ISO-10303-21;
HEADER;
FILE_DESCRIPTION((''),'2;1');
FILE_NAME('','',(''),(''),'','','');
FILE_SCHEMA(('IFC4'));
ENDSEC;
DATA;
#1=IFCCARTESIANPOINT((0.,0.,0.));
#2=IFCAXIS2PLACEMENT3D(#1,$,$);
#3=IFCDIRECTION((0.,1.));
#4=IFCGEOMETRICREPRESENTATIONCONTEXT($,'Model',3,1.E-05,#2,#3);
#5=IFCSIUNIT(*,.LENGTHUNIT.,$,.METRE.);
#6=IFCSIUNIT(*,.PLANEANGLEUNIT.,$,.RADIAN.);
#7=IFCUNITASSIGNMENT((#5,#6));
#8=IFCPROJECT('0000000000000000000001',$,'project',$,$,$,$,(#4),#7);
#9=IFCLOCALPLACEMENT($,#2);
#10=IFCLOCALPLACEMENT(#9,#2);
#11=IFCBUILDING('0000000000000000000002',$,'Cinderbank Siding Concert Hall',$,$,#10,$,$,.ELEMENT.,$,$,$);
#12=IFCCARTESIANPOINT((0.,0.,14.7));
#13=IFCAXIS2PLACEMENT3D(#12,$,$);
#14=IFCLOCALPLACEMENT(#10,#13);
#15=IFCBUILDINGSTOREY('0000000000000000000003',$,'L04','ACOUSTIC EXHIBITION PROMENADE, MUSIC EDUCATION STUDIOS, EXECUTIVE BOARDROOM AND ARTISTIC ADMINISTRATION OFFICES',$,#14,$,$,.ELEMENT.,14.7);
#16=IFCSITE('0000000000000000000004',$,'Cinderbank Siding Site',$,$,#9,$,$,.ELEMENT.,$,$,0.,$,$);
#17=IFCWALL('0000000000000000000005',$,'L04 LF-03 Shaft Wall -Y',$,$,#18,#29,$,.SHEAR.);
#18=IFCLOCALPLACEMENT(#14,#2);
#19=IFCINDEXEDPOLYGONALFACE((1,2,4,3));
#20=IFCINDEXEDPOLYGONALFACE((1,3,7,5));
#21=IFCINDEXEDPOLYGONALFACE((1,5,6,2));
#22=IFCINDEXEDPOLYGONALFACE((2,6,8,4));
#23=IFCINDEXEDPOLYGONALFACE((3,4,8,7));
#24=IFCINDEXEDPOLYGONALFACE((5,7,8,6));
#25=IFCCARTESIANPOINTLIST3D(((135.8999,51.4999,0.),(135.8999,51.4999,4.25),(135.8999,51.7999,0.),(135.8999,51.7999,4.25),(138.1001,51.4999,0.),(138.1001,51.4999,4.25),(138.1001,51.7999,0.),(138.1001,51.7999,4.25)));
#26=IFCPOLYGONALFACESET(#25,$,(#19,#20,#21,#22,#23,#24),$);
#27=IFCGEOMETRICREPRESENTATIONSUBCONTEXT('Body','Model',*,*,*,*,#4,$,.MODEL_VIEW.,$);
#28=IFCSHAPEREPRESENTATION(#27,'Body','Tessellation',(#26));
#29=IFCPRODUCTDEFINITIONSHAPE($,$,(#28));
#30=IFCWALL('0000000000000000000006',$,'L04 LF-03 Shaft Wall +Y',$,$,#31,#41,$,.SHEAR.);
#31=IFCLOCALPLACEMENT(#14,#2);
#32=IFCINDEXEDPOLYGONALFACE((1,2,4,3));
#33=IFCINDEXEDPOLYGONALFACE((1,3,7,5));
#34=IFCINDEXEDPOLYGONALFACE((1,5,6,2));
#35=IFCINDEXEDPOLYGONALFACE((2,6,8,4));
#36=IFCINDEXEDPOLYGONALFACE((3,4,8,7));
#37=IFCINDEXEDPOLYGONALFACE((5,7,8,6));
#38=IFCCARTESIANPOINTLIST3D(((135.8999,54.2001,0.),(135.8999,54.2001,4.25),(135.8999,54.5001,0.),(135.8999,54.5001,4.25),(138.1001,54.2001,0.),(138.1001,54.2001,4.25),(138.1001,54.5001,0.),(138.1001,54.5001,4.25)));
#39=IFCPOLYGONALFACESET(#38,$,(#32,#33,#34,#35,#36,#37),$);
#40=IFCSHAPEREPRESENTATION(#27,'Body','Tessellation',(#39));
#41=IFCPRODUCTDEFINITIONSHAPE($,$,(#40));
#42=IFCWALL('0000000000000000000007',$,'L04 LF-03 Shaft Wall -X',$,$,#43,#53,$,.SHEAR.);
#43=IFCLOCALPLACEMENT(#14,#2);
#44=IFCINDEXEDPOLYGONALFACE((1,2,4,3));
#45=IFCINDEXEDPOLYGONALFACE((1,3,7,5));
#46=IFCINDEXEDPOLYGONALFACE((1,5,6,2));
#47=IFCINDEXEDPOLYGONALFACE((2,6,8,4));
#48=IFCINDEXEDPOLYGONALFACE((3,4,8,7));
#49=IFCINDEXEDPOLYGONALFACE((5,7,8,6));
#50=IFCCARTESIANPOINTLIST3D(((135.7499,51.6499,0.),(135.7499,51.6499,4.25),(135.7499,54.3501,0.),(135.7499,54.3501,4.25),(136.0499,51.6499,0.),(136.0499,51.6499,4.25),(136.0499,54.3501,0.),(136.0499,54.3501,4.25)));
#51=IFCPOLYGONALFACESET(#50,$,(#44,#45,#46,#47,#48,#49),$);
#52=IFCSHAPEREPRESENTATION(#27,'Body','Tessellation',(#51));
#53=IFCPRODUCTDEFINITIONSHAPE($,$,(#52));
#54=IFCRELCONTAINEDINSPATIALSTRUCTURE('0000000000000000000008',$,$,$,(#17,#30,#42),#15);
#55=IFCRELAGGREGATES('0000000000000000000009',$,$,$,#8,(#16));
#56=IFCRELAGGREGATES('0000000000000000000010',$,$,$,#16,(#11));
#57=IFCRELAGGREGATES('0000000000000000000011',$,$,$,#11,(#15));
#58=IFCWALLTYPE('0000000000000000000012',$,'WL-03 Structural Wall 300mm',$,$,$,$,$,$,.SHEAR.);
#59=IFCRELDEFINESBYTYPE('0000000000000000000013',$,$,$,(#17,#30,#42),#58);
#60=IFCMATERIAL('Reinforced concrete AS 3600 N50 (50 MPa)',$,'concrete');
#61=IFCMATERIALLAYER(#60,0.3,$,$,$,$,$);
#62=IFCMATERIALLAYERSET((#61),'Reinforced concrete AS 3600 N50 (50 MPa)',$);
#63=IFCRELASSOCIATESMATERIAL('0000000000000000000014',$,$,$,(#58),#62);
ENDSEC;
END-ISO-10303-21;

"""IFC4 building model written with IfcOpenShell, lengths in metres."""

from ifc_helpers import new_model, si_unit, direction, frame, frame_2d, origin, place, context, subcontext, project, spatial, rectangle, extrude, material, layer, layer_set, type_object, element, save


model = new_model("IFC4")

# Units and contexts
model_context = context("Model", 3, precision=1e-05, world=origin(), true_north=direction((0.0, 1.0)))
body_context = subcontext(model_context, "Body", "Model", "MODEL_VIEW")
ifc_project = project(units=[si_unit("LENGTHUNIT", "METRE"), si_unit("PLANEANGLEUNIT", "RADIAN")], contexts=[model_context])

# Site, building, storey
site_placement = place(None, origin())
site = spatial("IfcSite", under=ifc_project, at=site_placement, Name="Cinderbank Siding Site", CompositionType="ELEMENT", RefElevation=0.0)
building_placement = place(site_placement, origin())
building = spatial("IfcBuilding", under=site, at=building_placement, Name="Cinderbank Siding Concert Hall", CompositionType="ELEMENT")
storey_placement = place(building_placement, frame((0.0, 0.0, 14.7)))
storey = spatial("IfcBuildingStorey", under=building, at=storey_placement, Name="L04", Description="ACOUSTIC EXHIBITION PROMENADE, MUSIC EDUCATION STUDIOS, EXECUTIVE BOARDROOM AND ARTISTIC ADMINISTRATION OFFICES", CompositionType="ELEMENT", Elevation=14.7)

# Shared definitions
ifc_material_1 = material(Name="Reinforced concrete AS 3600 N50 (50 MPa)", Category="concrete")

# Shared definitions
ifc_layer_1 = layer(ifc_material_1, 0.3)
ifc_layer_set_1 = layer_set([ifc_layer_1], Name="Reinforced concrete AS 3600 N50 (50 MPa)")
wall_type_1 = type_object("IfcWallType", Name="WL-03 Structural Wall 300mm", PredefinedType="SHEAR", material=ifc_layer_set_1)

# Wall
wall_1_placement = place(storey_placement, frame((138.1001, 51.6499, 0.0), z_axis=(0.0, 0.0, 1.0), x_axis=(-1.0, 0.0, 0.0)))
element("IfcWall", 1, at=wall_1_placement, inside=storey, type_object=wall_type_1, Name="L04 LF-03 Shaft Wall -Y", PredefinedType="SHEAR", context=body_context, shape_type="SweptSolid", body=[
    extrude(rectangle(XDim=2.2002, YDim=0.3, at=frame_2d((1.1001, 0.0))), origin(), (0.0, 0.0, 1.0), 4.25),
])

# Walls
wall_2_placement = place(storey_placement, frame((135.8999, 54.3501, 0.0), z_axis=(0.0, 0.0, 1.0), x_axis=(1.0, 0.0, 0.0)))
element("IfcWall", 2, at=wall_2_placement, inside=storey, type_object=wall_type_1, Name="L04 LF-03 Shaft Wall +Y", PredefinedType="SHEAR", context=body_context, shape_type="SweptSolid", body=[
    extrude(rectangle(XDim=2.2002, YDim=0.3, at=frame_2d((1.1001, 0.0))), origin(), (0.0, 0.0, 1.0), 4.25),
])
wall_3_placement = place(storey_placement, frame((135.8999, 51.6499, 0.0), z_axis=(0.0, 0.0, 1.0), x_axis=(0.0, 1.0, 0.0)))
element("IfcWall", 3, at=wall_3_placement, inside=storey, type_object=wall_type_1, Name="L04 LF-03 Shaft Wall -X", PredefinedType="SHEAR", context=body_context, shape_type="SweptSolid", body=[
    extrude(rectangle(XDim=2.7002, YDim=0.3, at=frame_2d((1.3501, 0.0))), origin(), (0.0, 0.0, 1.0), 4.25),
])

save(model, "model.ifc")
